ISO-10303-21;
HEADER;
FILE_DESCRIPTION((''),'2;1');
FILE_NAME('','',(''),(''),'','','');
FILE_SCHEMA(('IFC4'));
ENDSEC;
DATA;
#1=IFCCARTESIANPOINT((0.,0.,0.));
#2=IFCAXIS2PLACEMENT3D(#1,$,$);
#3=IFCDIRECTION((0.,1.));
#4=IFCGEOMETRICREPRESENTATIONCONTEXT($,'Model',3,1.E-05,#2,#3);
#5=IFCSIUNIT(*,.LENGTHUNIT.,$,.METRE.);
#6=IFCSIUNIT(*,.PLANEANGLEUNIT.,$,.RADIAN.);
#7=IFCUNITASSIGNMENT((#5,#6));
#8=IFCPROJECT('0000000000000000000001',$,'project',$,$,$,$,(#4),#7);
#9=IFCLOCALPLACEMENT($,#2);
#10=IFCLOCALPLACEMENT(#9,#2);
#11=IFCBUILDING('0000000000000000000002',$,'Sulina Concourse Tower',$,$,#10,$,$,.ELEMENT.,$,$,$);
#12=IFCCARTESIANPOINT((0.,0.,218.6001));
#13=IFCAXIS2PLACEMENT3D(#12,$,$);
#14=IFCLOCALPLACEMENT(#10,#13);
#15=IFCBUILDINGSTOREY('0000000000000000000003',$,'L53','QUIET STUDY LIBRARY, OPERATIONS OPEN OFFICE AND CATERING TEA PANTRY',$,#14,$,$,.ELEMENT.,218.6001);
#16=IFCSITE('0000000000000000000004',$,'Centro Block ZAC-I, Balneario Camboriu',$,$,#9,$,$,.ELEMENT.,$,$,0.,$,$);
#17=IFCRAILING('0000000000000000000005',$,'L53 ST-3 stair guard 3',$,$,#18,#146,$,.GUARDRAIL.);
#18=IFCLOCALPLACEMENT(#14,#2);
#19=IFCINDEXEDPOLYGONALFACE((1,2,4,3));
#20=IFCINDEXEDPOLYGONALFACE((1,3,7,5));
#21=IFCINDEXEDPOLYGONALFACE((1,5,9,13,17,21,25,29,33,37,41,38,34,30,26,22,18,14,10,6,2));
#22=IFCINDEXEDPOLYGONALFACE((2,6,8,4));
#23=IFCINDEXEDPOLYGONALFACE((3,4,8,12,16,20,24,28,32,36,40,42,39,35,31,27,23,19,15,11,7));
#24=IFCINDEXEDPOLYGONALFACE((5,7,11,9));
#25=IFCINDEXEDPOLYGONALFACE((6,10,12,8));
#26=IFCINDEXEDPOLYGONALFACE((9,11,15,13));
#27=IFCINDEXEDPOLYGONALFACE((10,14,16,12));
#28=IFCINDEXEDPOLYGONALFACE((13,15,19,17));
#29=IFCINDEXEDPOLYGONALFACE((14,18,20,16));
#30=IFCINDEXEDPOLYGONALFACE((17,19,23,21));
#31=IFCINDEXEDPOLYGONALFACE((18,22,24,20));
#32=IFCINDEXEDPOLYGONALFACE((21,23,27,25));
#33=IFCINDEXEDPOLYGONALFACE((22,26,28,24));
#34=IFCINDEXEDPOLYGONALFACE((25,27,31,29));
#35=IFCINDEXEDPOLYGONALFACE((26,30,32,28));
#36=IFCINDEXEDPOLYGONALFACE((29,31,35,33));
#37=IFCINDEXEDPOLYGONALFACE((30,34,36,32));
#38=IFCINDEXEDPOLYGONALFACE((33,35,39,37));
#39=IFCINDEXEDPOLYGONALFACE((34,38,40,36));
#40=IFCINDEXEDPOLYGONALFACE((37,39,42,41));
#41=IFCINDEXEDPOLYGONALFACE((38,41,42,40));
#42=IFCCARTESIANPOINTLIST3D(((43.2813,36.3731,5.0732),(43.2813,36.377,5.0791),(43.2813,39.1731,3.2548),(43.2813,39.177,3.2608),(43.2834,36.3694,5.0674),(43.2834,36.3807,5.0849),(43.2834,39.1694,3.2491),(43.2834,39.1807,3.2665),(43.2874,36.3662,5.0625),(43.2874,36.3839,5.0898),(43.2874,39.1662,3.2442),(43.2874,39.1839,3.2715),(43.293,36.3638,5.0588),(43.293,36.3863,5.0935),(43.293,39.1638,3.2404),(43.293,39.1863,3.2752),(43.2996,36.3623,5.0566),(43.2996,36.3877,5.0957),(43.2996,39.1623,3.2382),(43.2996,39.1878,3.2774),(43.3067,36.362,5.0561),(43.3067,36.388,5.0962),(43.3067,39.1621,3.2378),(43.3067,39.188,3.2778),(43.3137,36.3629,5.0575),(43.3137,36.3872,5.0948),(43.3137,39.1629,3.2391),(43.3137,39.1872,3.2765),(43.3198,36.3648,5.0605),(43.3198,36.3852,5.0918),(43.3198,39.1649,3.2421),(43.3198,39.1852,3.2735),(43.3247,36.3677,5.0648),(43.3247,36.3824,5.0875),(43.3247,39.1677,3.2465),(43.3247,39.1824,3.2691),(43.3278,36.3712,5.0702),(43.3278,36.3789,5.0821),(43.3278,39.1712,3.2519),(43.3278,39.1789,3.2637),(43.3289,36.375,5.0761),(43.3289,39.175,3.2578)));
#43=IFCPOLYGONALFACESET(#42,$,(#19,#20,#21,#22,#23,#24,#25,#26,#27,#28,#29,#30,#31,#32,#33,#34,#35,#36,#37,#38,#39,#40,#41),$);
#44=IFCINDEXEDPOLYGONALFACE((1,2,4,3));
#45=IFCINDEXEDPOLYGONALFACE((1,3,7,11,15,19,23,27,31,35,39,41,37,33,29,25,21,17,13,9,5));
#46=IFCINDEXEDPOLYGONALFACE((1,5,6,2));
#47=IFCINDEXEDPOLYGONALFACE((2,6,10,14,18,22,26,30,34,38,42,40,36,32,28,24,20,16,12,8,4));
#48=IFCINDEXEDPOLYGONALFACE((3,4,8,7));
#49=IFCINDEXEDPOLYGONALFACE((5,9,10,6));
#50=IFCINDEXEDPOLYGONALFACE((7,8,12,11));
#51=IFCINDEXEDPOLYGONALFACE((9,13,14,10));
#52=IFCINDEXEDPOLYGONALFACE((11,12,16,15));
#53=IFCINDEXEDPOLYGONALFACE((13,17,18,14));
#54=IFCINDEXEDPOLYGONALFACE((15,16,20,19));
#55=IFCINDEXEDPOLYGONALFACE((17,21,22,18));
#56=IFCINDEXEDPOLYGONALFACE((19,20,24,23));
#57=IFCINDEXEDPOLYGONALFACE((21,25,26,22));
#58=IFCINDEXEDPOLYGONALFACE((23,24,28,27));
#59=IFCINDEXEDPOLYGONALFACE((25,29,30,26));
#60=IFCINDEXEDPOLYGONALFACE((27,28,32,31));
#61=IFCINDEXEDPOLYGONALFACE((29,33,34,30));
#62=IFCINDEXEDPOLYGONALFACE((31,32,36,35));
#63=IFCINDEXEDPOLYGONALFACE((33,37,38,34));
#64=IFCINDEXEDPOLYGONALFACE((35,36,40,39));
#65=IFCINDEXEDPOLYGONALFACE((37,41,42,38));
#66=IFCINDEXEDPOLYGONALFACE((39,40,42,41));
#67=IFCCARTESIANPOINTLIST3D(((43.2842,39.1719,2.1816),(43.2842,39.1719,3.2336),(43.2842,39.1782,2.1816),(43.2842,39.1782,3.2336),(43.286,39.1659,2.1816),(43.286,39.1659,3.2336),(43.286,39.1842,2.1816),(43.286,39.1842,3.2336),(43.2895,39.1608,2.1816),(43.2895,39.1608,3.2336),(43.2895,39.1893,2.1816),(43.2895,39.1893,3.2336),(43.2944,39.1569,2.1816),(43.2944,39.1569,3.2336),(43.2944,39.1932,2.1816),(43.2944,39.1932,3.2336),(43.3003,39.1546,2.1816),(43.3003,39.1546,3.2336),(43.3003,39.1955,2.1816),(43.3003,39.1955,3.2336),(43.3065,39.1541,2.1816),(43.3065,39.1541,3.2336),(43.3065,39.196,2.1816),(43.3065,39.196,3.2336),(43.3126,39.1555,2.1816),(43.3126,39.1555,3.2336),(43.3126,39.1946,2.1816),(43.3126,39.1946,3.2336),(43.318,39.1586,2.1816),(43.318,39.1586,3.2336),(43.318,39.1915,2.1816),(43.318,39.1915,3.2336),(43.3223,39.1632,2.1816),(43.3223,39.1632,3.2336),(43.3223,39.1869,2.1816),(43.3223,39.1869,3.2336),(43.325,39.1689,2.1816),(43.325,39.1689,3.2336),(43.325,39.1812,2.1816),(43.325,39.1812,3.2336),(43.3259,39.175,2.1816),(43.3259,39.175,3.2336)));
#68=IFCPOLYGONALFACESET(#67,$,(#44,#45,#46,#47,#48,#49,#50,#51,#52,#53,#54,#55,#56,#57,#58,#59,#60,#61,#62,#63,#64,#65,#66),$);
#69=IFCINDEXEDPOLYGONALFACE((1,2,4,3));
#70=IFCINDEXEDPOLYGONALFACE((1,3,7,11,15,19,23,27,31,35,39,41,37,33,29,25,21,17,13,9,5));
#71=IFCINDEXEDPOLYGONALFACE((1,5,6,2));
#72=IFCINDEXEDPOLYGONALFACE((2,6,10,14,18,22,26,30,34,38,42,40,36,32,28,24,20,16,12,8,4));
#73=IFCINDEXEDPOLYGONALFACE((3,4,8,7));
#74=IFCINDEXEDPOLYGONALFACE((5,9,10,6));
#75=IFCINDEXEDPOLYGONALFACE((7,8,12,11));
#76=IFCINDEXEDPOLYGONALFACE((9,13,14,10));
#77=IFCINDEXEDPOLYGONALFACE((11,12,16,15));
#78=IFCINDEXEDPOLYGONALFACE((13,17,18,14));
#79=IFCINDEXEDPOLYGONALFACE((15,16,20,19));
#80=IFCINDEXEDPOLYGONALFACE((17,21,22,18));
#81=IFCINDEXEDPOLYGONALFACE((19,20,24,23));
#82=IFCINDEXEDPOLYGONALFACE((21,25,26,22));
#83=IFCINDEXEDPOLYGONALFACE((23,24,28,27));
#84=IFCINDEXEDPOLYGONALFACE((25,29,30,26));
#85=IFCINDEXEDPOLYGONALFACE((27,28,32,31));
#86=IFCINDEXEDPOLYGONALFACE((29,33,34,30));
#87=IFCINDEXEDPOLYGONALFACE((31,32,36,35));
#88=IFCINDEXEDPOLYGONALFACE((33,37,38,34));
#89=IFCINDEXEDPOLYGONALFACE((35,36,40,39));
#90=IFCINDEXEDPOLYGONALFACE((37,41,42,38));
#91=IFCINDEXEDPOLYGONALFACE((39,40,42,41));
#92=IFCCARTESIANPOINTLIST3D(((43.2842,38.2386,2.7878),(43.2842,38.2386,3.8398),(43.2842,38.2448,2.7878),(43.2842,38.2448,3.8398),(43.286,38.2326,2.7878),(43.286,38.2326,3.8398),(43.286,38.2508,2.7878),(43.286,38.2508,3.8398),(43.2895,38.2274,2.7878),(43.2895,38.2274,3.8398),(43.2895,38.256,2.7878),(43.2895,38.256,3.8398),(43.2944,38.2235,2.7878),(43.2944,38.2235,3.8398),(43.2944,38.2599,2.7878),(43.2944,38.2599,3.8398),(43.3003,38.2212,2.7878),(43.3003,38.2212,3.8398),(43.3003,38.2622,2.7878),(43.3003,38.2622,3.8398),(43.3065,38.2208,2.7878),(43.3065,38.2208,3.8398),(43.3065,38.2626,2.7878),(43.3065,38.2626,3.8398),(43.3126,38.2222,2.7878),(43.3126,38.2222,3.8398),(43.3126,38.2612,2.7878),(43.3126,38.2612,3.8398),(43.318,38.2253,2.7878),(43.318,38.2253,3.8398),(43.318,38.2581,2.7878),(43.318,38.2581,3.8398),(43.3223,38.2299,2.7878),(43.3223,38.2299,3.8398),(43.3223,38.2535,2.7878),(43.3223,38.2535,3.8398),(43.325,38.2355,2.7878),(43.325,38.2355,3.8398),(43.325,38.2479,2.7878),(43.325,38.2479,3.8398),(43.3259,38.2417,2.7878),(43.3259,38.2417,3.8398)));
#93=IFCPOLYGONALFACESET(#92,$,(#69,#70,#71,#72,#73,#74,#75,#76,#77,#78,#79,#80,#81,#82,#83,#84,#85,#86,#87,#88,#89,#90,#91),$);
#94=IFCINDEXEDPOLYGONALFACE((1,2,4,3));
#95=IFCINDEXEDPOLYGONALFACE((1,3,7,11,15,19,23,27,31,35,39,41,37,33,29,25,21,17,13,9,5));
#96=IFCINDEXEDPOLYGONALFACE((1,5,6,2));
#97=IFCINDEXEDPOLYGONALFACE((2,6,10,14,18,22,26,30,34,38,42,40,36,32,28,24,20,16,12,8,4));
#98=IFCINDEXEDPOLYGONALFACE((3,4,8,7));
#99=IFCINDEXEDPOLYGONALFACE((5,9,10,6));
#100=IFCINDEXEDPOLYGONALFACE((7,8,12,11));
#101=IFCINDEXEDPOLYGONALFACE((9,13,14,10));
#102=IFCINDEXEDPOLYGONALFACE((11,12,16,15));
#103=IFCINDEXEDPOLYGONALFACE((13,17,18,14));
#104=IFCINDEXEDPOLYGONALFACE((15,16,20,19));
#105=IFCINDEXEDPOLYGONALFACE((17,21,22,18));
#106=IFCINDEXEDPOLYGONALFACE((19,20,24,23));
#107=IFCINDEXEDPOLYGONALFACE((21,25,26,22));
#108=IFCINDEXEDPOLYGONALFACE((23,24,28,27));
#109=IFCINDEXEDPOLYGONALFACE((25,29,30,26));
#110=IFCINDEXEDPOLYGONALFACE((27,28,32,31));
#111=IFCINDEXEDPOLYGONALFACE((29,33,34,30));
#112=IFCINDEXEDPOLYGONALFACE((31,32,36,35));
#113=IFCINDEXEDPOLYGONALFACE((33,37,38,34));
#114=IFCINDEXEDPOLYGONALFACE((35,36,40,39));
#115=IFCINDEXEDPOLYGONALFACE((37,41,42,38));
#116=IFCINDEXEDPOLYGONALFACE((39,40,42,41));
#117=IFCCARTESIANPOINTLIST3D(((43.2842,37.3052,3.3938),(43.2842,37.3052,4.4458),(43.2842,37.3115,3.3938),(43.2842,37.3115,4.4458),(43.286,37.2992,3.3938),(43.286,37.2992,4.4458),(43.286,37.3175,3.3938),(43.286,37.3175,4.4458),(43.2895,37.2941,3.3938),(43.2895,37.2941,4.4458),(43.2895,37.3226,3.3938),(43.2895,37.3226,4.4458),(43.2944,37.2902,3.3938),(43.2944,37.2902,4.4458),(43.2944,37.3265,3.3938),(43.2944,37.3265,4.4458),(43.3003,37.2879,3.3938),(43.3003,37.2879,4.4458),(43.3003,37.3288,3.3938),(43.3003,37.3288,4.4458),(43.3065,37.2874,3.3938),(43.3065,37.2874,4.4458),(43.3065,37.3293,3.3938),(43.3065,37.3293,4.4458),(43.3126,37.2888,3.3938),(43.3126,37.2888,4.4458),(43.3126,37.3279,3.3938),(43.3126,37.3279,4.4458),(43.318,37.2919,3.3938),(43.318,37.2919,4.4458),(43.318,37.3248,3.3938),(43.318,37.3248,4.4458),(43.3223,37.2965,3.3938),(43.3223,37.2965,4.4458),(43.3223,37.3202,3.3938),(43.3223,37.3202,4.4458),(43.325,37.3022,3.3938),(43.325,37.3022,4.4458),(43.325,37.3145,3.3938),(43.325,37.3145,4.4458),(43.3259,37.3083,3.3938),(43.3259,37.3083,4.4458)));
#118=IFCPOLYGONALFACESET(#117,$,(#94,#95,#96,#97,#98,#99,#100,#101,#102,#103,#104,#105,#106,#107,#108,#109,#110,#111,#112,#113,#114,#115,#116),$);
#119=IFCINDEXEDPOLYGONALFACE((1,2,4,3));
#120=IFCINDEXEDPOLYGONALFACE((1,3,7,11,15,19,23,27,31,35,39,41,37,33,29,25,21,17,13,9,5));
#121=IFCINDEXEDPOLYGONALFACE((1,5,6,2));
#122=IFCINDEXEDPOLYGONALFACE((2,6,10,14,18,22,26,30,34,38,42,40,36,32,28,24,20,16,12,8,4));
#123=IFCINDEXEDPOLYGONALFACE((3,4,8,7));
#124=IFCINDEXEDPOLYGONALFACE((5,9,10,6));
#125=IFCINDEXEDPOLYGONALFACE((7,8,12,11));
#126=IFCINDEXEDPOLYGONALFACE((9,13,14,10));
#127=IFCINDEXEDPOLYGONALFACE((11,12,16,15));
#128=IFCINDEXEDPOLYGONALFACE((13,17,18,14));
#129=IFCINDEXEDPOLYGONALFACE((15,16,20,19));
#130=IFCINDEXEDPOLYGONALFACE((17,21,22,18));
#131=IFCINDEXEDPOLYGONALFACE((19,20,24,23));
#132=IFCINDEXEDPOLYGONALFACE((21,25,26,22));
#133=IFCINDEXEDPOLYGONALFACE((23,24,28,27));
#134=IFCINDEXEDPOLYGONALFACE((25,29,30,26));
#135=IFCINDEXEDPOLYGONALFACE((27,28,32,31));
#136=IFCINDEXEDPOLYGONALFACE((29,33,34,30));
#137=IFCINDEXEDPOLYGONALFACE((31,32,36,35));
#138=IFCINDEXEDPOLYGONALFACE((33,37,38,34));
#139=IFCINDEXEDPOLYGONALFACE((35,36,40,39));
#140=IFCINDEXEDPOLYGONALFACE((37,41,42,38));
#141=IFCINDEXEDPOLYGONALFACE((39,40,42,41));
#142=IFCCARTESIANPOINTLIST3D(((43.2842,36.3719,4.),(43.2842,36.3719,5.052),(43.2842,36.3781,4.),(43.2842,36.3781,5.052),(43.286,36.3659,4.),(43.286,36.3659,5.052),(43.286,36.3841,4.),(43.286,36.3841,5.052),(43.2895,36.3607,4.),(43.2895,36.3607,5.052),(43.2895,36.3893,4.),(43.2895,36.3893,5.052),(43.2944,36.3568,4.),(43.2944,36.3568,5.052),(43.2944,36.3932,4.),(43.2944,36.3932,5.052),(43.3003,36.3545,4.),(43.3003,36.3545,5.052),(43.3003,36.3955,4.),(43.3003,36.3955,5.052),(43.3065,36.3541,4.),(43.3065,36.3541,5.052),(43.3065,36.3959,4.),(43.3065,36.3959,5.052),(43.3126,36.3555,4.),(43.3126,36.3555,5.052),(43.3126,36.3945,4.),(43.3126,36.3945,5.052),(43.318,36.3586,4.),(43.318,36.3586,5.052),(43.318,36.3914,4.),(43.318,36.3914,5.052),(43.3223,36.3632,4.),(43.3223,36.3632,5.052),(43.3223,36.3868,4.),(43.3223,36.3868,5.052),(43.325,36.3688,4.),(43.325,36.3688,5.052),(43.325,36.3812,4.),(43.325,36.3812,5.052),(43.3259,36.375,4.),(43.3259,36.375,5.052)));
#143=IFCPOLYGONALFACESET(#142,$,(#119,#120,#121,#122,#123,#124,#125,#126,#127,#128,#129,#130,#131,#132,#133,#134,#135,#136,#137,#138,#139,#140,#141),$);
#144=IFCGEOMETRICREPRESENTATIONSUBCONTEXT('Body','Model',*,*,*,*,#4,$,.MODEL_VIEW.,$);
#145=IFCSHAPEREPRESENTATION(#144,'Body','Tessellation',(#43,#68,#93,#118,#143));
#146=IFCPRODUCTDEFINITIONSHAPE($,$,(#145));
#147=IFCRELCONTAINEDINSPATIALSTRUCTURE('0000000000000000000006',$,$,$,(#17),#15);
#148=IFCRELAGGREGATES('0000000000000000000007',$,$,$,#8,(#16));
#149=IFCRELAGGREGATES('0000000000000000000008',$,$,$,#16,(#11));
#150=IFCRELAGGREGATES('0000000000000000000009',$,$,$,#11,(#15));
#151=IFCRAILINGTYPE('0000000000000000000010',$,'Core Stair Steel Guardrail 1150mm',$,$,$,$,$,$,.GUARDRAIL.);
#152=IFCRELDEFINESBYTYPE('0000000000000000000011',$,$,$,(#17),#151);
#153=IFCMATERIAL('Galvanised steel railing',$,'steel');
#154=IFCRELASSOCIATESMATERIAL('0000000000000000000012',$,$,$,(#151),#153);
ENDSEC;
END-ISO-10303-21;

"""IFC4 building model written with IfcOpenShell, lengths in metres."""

from ifc_helpers import new_model, si_unit, direction, frame, origin, origin_2d, place, context, subcontext, project, spatial, circle, extrude, material, type_object, element, save


model = new_model("IFC4")

# Units and contexts
model_context = context("Model", 3, precision=1e-05, world=origin(), true_north=direction((0.0, 1.0)))
body_context = subcontext(model_context, "Body", "Model", "MODEL_VIEW")
ifc_project = project(units=[si_unit("LENGTHUNIT", "METRE"), si_unit("PLANEANGLEUNIT", "RADIAN")], contexts=[model_context])

# Site, building, storey
site_placement = place(None, origin())
site = spatial("IfcSite", under=ifc_project, at=site_placement, Name="Centro Block ZAC-I, Balneario Camboriu", CompositionType="ELEMENT", RefElevation=0.0)
building_placement = place(site_placement, origin())
building = spatial("IfcBuilding", under=site, at=building_placement, Name="Sulina Concourse Tower", CompositionType="ELEMENT")
storey_placement = place(building_placement, frame((0.0, 0.0, 218.6001)))
storey = spatial("IfcBuildingStorey", under=building, at=storey_placement, Name="L53", Description="QUIET STUDY LIBRARY, OPERATIONS OPEN OFFICE AND CATERING TEA PANTRY", CompositionType="ELEMENT", Elevation=218.6001)

# Railing
ifc_material_1 = material(Name="Galvanised steel railing", Category="steel")
railing_type_1 = type_object("IfcRailingType", Name="Core Stair Steel Guardrail 1150mm", PredefinedType="GUARDRAIL", material=ifc_material_1)
railing_1_placement = place(storey_placement, frame((43.3049, 39.175, 2.1816)))
element("IfcRailing", 1, at=railing_1_placement, inside=storey, type_object=railing_type_1, Name="L53 ST-3 stair guard 3", PredefinedType="GUARDRAIL", context=body_context, shape_type="SweptSolid", body=[
    extrude(circle(Radius=0.0239, at=origin_2d()), frame((0.0, 0.0, 1.0762), z_axis=(0.0, -0.838672, 0.544636), x_axis=(1.0, 0.0, 0.0)), (0.0, 0.0, 1.0), 3.3386),
    extrude(circle(Radius=0.021, at=origin_2d()), origin(), (0.0, 0.0, 1.0), 1.052),
    extrude(circle(Radius=0.021, at=origin_2d()), frame((0.0, -0.9333, 0.6062)), (0.0, 0.0, 1.0), 1.052),
    extrude(circle(Radius=0.021, at=origin_2d()), frame((0.0, -1.8667, 1.2122)), (0.0, 0.0, 1.0), 1.052),
    extrude(circle(Radius=0.021, at=origin_2d()), frame((0.0, -2.8, 1.8184)), (0.0, 0.0, 1.0), 1.052),
])

save(model, "model.ifc")
